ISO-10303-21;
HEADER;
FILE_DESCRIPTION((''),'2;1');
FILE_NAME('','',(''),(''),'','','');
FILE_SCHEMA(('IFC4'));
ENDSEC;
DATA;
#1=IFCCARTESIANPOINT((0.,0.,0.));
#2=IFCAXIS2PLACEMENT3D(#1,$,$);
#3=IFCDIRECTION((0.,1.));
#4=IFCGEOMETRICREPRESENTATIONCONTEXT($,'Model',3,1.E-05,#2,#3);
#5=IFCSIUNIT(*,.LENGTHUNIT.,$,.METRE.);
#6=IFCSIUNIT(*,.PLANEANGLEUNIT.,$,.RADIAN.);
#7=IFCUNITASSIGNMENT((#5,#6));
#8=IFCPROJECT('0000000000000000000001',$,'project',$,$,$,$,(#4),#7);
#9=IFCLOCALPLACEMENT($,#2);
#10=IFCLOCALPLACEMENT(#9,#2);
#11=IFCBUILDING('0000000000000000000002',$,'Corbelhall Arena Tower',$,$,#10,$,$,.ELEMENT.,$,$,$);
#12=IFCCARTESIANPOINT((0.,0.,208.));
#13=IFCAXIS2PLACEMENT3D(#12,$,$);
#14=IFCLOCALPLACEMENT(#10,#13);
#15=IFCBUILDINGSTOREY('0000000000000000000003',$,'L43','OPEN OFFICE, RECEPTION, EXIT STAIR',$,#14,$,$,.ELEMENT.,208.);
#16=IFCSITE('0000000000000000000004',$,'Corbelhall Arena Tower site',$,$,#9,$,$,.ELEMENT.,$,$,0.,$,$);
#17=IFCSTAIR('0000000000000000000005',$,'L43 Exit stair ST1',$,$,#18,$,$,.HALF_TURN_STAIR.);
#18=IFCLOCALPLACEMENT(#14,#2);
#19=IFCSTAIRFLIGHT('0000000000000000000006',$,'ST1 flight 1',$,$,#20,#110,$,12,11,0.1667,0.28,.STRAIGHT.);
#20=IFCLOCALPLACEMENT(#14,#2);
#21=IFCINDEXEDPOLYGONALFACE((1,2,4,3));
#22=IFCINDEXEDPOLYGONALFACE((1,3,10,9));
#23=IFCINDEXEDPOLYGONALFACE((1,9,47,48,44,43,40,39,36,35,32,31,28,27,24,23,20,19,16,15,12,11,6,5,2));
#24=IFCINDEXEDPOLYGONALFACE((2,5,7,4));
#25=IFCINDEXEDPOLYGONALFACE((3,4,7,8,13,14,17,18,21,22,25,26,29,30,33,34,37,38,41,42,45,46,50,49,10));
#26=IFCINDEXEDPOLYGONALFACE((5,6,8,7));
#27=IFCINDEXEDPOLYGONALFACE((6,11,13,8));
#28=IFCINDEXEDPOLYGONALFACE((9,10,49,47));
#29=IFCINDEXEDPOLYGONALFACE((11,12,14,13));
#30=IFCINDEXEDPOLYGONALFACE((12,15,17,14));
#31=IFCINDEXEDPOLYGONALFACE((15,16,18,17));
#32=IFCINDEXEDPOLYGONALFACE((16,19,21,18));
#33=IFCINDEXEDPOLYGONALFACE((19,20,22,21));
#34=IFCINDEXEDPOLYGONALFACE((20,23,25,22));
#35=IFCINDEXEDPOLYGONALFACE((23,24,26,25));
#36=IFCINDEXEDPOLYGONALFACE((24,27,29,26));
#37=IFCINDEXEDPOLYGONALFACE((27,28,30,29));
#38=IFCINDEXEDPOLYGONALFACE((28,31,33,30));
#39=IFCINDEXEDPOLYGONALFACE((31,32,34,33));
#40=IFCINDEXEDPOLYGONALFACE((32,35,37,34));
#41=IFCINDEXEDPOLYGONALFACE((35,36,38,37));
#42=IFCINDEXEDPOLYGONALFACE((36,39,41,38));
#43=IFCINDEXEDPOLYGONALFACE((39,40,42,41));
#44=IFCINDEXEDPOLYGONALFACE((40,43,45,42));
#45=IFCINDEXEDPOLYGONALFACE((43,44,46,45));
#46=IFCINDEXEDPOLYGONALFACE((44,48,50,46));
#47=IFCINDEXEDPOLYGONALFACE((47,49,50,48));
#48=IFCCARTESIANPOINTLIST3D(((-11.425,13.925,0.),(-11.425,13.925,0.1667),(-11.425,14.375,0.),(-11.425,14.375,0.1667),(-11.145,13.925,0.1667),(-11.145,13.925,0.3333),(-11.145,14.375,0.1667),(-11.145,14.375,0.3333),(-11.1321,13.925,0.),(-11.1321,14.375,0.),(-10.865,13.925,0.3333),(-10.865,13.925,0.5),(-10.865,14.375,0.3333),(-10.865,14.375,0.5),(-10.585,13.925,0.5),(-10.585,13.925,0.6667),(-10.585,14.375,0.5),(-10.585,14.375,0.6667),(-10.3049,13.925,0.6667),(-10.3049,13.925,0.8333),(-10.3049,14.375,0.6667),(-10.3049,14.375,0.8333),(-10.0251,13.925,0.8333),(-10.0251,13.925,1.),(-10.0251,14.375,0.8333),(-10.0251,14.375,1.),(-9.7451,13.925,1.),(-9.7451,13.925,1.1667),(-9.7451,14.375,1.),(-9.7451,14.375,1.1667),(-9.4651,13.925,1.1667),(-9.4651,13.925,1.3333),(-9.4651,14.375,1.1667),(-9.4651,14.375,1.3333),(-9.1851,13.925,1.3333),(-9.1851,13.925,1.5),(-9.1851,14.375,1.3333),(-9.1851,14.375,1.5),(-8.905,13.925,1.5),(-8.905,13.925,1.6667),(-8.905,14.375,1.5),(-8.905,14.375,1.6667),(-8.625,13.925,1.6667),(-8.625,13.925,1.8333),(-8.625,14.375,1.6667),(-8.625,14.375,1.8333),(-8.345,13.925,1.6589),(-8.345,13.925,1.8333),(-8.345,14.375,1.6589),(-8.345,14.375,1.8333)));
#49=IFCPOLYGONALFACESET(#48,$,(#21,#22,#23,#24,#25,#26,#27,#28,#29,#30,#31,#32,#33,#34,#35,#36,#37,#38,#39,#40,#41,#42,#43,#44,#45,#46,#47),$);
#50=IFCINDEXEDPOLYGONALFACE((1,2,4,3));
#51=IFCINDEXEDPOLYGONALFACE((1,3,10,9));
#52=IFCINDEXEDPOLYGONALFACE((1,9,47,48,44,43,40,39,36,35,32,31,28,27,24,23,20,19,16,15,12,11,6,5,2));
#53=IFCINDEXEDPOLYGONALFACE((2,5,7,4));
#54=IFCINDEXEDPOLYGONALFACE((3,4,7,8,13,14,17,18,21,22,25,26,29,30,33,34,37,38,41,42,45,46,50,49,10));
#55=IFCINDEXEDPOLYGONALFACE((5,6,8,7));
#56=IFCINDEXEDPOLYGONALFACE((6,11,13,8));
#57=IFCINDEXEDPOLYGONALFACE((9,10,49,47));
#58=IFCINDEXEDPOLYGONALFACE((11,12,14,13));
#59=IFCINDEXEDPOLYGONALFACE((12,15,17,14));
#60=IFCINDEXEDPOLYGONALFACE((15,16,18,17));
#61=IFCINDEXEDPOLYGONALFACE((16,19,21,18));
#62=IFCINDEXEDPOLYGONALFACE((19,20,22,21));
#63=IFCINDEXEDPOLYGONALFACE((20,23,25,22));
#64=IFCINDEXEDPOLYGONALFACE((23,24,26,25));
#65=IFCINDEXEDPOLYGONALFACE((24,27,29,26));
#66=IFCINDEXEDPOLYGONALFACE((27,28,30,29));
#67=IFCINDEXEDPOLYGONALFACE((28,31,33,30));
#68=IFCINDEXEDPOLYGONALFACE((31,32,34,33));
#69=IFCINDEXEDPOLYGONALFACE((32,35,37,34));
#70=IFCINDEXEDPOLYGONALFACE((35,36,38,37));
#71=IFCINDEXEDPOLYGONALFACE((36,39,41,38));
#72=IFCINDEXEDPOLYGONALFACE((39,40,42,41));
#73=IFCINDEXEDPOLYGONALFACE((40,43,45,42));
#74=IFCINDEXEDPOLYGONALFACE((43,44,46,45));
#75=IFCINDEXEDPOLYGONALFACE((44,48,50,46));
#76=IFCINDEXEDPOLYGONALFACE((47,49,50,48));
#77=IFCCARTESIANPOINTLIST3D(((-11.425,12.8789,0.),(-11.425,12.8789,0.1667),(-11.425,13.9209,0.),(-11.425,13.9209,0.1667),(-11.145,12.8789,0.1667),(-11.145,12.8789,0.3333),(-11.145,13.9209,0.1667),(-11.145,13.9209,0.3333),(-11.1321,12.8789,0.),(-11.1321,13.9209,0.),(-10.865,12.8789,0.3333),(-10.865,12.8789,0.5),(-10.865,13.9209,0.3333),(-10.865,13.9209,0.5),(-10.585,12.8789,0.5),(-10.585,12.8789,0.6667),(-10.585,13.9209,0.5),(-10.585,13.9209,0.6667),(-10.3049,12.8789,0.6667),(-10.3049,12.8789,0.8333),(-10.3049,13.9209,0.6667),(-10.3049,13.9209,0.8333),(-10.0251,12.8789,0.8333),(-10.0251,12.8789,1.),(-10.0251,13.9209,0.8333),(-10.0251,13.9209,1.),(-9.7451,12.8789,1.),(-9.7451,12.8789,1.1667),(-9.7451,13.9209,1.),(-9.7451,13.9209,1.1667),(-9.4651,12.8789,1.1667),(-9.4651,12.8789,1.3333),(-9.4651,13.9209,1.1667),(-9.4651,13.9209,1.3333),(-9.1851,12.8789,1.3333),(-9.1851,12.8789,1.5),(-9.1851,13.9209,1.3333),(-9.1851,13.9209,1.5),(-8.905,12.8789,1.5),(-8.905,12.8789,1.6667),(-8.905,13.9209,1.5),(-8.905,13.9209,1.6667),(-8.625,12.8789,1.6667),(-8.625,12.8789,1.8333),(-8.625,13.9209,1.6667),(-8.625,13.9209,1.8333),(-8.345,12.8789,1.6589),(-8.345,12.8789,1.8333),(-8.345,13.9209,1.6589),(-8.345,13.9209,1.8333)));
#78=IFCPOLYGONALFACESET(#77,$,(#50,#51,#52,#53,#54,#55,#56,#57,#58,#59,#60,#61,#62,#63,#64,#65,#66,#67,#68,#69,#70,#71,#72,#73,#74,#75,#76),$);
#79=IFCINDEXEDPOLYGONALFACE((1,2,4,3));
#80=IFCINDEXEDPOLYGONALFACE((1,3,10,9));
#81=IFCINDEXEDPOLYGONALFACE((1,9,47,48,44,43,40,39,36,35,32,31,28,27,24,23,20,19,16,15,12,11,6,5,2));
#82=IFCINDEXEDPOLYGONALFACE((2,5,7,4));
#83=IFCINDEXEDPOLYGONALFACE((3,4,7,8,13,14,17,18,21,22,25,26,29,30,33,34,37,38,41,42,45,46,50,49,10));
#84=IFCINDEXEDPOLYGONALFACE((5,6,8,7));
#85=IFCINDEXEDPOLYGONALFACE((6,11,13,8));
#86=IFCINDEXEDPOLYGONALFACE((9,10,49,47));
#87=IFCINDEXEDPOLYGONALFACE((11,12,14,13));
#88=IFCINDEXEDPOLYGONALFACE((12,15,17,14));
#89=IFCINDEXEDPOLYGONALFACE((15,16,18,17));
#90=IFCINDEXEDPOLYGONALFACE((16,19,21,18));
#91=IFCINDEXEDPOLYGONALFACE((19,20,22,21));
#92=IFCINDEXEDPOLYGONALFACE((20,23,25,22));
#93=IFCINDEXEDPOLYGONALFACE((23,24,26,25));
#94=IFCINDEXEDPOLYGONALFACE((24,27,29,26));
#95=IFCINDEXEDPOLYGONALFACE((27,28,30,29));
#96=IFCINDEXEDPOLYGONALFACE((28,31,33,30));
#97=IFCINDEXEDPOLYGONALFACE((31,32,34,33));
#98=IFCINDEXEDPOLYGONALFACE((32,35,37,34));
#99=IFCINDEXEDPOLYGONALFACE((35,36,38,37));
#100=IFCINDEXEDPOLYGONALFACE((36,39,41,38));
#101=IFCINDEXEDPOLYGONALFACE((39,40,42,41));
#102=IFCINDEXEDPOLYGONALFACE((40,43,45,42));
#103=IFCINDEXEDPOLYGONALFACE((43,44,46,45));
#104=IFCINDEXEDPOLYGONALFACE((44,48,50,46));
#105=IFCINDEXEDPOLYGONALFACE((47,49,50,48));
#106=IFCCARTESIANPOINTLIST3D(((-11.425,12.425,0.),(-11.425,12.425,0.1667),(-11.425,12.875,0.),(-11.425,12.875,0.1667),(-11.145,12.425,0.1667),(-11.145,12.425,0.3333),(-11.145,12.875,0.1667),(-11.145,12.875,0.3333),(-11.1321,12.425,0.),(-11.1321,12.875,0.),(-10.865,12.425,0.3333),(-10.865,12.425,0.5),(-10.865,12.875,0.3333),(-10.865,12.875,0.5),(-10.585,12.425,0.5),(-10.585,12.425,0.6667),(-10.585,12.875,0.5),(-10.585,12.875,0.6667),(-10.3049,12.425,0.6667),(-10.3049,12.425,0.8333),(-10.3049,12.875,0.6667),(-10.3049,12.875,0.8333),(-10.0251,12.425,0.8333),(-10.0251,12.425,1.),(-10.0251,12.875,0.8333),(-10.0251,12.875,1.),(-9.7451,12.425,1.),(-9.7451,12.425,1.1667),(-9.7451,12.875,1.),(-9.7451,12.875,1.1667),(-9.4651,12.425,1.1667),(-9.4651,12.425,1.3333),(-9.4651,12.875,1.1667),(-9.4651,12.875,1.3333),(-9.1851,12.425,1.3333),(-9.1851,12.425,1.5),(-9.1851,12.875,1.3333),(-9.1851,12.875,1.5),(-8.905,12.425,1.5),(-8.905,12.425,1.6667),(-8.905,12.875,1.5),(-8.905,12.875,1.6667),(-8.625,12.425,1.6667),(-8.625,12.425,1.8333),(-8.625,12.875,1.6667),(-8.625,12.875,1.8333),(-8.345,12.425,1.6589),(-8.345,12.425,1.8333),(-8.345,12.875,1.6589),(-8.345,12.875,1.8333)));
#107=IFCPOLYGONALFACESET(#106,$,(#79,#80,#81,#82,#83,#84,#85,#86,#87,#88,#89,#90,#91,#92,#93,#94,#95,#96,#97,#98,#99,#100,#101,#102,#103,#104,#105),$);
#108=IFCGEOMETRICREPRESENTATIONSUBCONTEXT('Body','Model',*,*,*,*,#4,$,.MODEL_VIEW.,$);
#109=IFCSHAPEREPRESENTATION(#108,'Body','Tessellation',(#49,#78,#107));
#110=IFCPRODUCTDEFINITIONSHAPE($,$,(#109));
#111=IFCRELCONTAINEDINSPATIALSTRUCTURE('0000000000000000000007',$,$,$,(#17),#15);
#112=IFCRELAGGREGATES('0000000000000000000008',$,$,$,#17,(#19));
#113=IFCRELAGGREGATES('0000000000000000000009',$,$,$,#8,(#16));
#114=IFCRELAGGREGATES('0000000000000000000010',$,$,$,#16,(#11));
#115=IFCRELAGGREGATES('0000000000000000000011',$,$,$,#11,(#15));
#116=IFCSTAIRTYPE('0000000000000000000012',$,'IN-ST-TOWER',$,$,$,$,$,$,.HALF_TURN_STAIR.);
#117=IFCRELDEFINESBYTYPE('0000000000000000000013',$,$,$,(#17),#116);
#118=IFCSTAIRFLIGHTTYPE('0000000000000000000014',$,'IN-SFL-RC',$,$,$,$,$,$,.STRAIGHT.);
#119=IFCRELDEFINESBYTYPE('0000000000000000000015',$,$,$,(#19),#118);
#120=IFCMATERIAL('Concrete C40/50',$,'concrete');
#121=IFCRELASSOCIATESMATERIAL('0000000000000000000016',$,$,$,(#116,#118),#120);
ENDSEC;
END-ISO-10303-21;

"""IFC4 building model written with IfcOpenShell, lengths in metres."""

from ifc_helpers import new_model, si_unit, direction, frame, origin, place, context, subcontext, project, spatial, polyline, outline, extrude, material, type_object, element, aggregate, save


model = new_model("IFC4")

# Units and contexts
model_context = context("Model", 3, precision=1e-05, world=origin(), true_north=direction((0.0, 1.0)))
body_context = subcontext(model_context, "Body", "Model", "MODEL_VIEW")
ifc_project = project(units=[si_unit("LENGTHUNIT", "METRE"), si_unit("PLANEANGLEUNIT", "RADIAN")], contexts=[model_context])

# Site, building, storey
site_placement = place(None, origin())
site = spatial("IfcSite", under=ifc_project, at=site_placement, Name="Corbelhall Arena Tower site", CompositionType="ELEMENT", RefElevation=0.0)
building_placement = place(site_placement, origin())
building = spatial("IfcBuilding", under=site, at=building_placement, Name="Corbelhall Arena Tower", CompositionType="ELEMENT")
storey_placement = place(building_placement, frame((0.0, 0.0, 208.0)))
storey = spatial("IfcBuildingStorey", under=building, at=storey_placement, Name="L43", Description="OPEN OFFICE, RECEPTION, EXIT STAIR", CompositionType="ELEMENT", Elevation=208.0)

# Shared definitions
ifc_material_1 = material(Name="Concrete C40/50", Category="concrete")

# Stair, stair flight
stair_type = type_object("IfcStairType", Name="IN-ST-TOWER", PredefinedType="HALF_TURN_STAIR", material=ifc_material_1)
stair_placement = place(storey_placement, origin())
stair = element("IfcStair", 1, at=stair_placement, inside=storey, type_object=stair_type, Name="L43 Exit stair ST1", PredefinedType="HALF_TURN_STAIR")
stair_flight_type = type_object("IfcStairFlightType", Name="IN-SFL-RC", PredefinedType="STRAIGHT", material=ifc_material_1)
stair_flight_placement = place(storey_placement, frame((-11.425, 13.3999, 0.0), z_axis=(0.0, 0.0, 1.0), x_axis=(1.0, 0.0, 0.0)))
stair_flight = element("IfcStairFlight", 2, at=stair_flight_placement, type_object=stair_flight_type, Name="ST1 flight 1", NumberOfRisers=12, NumberOfTreads=11, PredefinedType="STRAIGHT", RiserHeight=0.1667, TreadLength=0.28, context=body_context, shape_type="SweptSolid", body=[
    extrude(outline(polyline([(0.0, 0.0), (0.0, 0.1667), (0.28, 0.1667), (0.28, 0.3333), (0.5601, 0.3333), (0.5601, 0.5), (0.8401, 0.5), (0.8401, 0.6667), (1.1201, 0.6667), (1.1201, 0.8333), (1.3999, 0.8333), (1.3999, 1.0), (1.6799, 1.0), (1.6799, 1.1667), (1.96, 1.1667), (1.96, 1.3333), (2.24, 1.3333), (2.24, 1.5), (2.52, 1.5), (2.52, 1.6667), (2.8, 1.6667), (2.8, 1.8333), (3.0801, 1.8333), (3.0801, 2.0), (3.0801, 1.6589), (0.293, 0.0), (0.0, 0.0)])), frame((0.0, 0.9751, 0.0), z_axis=(0.0, -1.0, 0.0), x_axis=(1.0, 0.0, 0.0)), (0.0, 0.0, 1.0), 0.45),
    extrude(outline(polyline([(0.0, 0.0), (0.0, 0.1667), (0.28, 0.1667), (0.28, 0.3333), (0.5601, 0.3333), (0.5601, 0.5), (0.8401, 0.5), (0.8401, 0.6667), (1.1201, 0.6667), (1.1201, 0.8333), (1.3999, 0.8333), (1.3999, 1.0), (1.6799, 1.0), (1.6799, 1.1667), (1.96, 1.1667), (1.96, 1.3333), (2.24, 1.3333), (2.24, 1.5), (2.52, 1.5), (2.52, 1.6667), (2.8, 1.6667), (2.8, 1.8333), (3.0801, 1.8333), (3.0801, 2.0), (3.0801, 1.6589), (0.293, 0.0), (0.0, 0.0)])), frame((0.0, 0.521, 0.0), z_axis=(0.0, -1.0, 0.0), x_axis=(1.0, 0.0, 0.0)), (0.0, 0.0, 1.0), 1.042),
    extrude(outline(polyline([(0.0, 0.0), (0.0, 0.1667), (0.28, 0.1667), (0.28, 0.3333), (0.5601, 0.3333), (0.5601, 0.5), (0.8401, 0.5), (0.8401, 0.6667), (1.1201, 0.6667), (1.1201, 0.8333), (1.3999, 0.8333), (1.3999, 1.0), (1.6799, 1.0), (1.6799, 1.1667), (1.96, 1.1667), (1.96, 1.3333), (2.24, 1.3333), (2.24, 1.5), (2.52, 1.5), (2.52, 1.6667), (2.8, 1.6667), (2.8, 1.8333), (3.0801, 1.8333), (3.0801, 2.0), (3.0801, 1.6589), (0.293, 0.0), (0.0, 0.0)])), frame((0.0, -0.5249, 0.0), z_axis=(0.0, -1.0, 0.0), x_axis=(1.0, 0.0, 0.0)), (0.0, 0.0, 1.0), 0.45),
])
aggregate(stair, [stair_flight])

save(model, "model.ifc")
